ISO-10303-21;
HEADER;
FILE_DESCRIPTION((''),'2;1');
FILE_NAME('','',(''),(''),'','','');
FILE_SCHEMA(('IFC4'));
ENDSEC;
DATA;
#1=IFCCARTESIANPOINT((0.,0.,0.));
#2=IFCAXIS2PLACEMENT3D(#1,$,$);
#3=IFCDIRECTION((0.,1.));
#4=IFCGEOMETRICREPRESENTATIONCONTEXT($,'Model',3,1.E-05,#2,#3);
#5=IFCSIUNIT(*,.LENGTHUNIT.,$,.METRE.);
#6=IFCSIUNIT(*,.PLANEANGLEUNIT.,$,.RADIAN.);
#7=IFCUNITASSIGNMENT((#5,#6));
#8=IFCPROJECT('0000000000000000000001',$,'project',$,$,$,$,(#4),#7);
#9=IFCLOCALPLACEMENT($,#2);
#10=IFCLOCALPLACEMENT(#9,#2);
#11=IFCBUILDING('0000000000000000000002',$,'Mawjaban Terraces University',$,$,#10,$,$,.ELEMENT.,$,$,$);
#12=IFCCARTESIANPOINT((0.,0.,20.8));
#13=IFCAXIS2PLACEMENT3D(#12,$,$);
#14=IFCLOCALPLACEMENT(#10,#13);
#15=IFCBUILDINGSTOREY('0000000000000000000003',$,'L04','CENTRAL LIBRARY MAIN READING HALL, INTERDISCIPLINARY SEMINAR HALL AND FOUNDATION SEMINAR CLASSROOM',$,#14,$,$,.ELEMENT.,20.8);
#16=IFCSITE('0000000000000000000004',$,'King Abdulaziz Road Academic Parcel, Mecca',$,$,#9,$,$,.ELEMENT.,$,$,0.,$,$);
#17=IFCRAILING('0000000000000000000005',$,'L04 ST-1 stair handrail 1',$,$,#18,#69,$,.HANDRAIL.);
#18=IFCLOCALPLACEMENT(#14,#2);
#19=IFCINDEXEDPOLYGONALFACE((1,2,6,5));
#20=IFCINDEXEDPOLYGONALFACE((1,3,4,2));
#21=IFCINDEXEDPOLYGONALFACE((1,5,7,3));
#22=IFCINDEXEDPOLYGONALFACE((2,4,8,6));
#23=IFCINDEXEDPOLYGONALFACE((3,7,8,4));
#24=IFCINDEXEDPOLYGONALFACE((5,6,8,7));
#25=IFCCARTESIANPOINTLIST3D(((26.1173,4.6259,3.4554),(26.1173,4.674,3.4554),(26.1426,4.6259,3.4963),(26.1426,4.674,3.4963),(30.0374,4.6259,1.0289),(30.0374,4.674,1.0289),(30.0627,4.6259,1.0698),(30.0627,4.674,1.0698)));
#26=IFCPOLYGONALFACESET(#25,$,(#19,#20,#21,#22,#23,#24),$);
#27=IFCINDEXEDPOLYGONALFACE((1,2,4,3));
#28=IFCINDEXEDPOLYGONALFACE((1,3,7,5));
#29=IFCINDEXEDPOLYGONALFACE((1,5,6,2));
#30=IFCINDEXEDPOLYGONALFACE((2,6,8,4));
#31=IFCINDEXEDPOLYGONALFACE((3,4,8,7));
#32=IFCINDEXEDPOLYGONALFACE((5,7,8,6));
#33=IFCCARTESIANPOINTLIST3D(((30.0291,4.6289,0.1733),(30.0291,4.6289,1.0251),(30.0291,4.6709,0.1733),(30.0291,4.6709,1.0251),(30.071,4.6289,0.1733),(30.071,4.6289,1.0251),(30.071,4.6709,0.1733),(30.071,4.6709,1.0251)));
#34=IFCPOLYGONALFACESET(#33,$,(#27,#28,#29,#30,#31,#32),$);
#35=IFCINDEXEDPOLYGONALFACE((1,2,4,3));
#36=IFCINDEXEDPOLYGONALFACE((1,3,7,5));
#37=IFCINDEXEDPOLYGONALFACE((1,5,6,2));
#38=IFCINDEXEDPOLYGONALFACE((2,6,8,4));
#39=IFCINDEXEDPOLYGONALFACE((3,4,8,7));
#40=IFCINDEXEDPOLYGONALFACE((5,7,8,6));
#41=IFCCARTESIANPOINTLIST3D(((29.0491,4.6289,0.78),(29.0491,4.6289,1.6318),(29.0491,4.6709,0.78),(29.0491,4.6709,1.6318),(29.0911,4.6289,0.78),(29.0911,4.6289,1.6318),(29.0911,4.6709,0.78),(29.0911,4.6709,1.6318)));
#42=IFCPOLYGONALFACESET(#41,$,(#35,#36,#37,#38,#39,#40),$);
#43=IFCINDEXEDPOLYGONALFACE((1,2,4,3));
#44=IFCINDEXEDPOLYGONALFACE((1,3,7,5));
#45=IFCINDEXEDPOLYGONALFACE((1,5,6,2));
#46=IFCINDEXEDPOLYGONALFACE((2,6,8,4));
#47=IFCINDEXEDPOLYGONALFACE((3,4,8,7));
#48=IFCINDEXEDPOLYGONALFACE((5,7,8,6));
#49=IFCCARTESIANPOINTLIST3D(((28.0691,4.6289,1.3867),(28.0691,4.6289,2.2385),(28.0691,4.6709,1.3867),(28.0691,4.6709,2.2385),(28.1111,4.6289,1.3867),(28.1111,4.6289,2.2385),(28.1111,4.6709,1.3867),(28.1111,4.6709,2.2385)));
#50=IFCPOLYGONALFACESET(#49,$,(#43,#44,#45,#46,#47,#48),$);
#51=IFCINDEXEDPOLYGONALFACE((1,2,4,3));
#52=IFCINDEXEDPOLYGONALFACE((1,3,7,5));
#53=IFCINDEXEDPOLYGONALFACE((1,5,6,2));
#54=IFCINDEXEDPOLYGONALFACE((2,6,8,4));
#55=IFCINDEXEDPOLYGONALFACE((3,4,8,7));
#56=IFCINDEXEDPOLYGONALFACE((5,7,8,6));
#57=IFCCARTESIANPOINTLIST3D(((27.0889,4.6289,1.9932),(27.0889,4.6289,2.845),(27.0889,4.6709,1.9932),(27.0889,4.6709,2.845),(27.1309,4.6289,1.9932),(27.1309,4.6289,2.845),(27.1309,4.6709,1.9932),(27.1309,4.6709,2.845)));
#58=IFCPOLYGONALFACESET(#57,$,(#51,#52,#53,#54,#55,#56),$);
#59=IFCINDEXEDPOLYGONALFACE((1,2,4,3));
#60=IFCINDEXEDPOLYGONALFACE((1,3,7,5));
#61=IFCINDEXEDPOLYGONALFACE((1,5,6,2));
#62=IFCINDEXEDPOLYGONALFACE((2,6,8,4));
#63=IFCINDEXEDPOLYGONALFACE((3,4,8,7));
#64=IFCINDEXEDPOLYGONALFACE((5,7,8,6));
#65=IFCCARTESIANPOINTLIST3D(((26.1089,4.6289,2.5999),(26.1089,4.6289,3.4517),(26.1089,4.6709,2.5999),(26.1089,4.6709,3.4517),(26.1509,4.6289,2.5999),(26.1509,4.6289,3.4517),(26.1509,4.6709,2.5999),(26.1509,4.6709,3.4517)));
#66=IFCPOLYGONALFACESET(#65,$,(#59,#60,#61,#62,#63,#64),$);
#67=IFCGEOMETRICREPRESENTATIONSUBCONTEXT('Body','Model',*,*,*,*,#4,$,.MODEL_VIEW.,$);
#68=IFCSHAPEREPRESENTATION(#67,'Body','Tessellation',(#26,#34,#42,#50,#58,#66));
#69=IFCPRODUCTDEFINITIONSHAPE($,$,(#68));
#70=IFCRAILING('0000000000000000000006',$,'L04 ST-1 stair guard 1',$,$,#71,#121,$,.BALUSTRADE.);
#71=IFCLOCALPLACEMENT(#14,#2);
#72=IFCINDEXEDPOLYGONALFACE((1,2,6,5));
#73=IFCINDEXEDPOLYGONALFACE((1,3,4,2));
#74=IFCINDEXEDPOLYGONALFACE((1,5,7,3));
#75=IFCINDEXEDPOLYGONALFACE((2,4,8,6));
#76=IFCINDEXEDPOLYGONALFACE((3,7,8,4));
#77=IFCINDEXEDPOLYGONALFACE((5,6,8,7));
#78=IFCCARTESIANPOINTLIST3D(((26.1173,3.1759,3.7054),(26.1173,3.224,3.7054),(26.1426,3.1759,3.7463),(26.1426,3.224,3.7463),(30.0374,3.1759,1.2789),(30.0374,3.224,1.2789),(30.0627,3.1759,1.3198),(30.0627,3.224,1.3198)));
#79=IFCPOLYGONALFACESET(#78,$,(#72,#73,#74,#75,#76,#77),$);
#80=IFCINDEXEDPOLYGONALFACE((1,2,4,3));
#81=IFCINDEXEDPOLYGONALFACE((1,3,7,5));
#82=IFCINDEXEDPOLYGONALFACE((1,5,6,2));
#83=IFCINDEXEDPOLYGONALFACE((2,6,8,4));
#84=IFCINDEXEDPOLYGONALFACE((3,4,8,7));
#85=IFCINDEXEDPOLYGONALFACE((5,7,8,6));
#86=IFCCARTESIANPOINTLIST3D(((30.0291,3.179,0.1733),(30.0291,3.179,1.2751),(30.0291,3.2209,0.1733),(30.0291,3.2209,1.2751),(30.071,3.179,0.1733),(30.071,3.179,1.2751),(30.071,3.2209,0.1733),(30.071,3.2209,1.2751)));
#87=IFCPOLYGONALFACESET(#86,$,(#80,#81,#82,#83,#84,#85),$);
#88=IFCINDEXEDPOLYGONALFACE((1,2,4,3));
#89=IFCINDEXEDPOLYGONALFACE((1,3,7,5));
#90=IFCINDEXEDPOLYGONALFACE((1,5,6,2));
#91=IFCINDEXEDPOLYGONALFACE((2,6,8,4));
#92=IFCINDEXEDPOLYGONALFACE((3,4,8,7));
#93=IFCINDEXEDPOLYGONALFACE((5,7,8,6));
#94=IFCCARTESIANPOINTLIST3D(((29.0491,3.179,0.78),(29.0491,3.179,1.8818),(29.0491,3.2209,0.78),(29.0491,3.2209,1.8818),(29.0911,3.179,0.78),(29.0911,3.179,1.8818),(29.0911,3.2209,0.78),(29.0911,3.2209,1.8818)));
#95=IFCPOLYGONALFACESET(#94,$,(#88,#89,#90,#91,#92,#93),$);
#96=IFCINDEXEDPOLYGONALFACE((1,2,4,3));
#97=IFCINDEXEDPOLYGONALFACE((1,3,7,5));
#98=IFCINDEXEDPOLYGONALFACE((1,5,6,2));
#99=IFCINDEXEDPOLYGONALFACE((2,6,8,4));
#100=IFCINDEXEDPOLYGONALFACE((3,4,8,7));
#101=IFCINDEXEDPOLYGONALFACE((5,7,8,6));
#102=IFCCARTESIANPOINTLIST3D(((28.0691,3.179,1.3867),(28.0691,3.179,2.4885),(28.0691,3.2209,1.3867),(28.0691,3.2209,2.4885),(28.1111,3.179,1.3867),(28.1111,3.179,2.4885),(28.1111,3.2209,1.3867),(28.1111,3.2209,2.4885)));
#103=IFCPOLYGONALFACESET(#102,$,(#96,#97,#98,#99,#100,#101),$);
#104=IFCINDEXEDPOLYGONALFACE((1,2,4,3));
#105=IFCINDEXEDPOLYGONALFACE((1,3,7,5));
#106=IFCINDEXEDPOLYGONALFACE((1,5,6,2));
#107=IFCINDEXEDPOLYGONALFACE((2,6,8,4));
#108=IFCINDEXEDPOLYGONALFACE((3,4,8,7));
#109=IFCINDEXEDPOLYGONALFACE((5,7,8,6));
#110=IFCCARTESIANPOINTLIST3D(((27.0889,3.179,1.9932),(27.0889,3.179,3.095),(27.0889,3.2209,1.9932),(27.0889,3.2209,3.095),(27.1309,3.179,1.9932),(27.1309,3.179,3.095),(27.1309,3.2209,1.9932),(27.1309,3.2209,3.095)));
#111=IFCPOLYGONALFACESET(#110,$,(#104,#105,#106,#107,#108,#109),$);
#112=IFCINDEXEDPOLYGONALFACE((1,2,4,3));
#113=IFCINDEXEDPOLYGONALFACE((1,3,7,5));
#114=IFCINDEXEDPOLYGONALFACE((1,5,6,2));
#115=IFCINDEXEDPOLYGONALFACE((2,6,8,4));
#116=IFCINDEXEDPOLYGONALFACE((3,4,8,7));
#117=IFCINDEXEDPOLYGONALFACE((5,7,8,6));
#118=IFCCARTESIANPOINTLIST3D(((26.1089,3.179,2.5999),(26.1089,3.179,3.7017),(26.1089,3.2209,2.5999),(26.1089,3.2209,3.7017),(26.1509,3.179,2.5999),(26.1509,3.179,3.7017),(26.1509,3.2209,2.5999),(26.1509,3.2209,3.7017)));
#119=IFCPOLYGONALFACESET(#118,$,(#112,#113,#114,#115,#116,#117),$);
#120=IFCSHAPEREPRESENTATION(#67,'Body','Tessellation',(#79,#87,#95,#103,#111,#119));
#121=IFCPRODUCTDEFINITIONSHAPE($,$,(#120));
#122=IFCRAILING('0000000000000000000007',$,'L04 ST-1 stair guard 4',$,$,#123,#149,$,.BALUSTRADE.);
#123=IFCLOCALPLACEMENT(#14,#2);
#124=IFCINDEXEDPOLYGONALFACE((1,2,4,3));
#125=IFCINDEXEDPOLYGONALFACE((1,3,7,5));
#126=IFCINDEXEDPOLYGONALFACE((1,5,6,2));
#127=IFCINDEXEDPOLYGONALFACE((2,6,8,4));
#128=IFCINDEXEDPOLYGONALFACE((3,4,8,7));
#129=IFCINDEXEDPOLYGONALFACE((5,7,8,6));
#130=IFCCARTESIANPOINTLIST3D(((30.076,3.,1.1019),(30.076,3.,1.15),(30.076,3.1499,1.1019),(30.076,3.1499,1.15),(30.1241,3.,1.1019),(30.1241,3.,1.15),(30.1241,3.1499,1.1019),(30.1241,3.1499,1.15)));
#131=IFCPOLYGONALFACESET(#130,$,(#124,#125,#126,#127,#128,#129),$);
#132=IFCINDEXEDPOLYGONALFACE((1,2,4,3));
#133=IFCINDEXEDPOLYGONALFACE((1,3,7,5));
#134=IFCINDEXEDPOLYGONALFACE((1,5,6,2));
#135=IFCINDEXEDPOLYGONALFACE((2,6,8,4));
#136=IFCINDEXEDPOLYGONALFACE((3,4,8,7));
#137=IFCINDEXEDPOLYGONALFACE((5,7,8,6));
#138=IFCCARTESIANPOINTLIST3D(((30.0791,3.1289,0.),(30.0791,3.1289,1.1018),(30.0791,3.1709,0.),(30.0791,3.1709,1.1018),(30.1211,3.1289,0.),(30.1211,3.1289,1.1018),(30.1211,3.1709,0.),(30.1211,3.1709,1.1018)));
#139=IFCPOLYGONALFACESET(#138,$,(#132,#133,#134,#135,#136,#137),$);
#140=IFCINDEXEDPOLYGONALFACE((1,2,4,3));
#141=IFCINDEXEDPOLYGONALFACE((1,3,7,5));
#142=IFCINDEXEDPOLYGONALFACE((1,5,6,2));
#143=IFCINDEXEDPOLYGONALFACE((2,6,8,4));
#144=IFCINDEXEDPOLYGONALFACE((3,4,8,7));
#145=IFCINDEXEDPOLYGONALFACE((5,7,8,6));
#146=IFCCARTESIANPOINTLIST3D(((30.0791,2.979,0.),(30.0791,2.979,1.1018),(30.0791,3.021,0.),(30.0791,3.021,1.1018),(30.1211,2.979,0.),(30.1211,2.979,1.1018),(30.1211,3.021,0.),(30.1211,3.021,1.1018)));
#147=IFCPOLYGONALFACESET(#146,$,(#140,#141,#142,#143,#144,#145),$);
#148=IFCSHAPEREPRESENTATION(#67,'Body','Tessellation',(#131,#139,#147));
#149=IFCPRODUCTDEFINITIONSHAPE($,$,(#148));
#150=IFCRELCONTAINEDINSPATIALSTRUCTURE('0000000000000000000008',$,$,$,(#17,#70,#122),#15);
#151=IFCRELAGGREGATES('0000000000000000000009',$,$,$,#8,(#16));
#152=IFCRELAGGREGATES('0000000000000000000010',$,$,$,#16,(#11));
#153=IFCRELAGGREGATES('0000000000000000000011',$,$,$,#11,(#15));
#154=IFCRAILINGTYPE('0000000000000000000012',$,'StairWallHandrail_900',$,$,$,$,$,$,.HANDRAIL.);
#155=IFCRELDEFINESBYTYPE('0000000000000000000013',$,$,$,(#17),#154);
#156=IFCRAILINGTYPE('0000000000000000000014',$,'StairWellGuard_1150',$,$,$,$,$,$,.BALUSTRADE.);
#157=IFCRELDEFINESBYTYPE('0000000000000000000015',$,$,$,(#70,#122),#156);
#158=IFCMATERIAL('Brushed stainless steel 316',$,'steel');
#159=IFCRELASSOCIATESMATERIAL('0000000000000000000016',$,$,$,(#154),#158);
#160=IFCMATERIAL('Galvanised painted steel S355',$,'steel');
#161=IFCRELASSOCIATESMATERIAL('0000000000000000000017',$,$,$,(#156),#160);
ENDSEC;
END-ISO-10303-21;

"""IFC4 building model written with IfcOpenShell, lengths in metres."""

from ifc_helpers import new_model, si_unit, direction, frame, origin, origin_2d, place, context, subcontext, project, spatial, rectangle, extrude, material, type_object, element, save


model = new_model("IFC4")

# Units and contexts
model_context = context("Model", 3, precision=1e-05, world=origin(), true_north=direction((0.0, 1.0)))
body_context = subcontext(model_context, "Body", "Model", "MODEL_VIEW")
ifc_project = project(units=[si_unit("LENGTHUNIT", "METRE"), si_unit("PLANEANGLEUNIT", "RADIAN")], contexts=[model_context])

# Site, building, storey
site_placement = place(None, origin())
site = spatial("IfcSite", under=ifc_project, at=site_placement, Name="King Abdulaziz Road Academic Parcel, Mecca", CompositionType="ELEMENT", RefElevation=0.0)
building_placement = place(site_placement, origin())
building = spatial("IfcBuilding", under=site, at=building_placement, Name="Mawjaban Terraces University", CompositionType="ELEMENT")
storey_placement = place(building_placement, frame((0.0, 0.0, 20.8)))
storey = spatial("IfcBuildingStorey", under=building, at=storey_placement, Name="L04", Description="CENTRAL LIBRARY MAIN READING HALL, INTERDISCIPLINARY SEMINAR HALL AND FOUNDATION SEMINAR CLASSROOM", CompositionType="ELEMENT", Elevation=20.8)

# Railings
ifc_material_1 = material(Name="Brushed stainless steel 316", Category="steel")
railing_type_1 = type_object("IfcRailingType", Name="StairWallHandrail_900", PredefinedType="HANDRAIL", material=ifc_material_1)
railing_1_placement = place(storey_placement, frame((30.05, 4.6499, 0.1733)))
element("IfcRailing", 1, at=railing_1_placement, inside=storey, type_object=railing_type_1, Name="L04 ST-1 stair handrail 1", PredefinedType="HANDRAIL", context=body_context, shape_type="SweptSolid", body=[
    extrude(rectangle(XDim=0.0481, YDim=0.0481, at=origin_2d()), frame((0.0, 0.0, 0.876), z_axis=(-0.85029, 0.0, 0.526315), x_axis=(0.0, -1.0, 0.0)), (0.0, 0.0, 1.0), 4.6104),
    extrude(rectangle(XDim=0.042, YDim=0.042, at=origin_2d()), origin(), (0.0, 0.0, 1.0), 0.8518),
    extrude(rectangle(XDim=0.042, YDim=0.042, at=origin_2d()), frame((-0.98, 0.0, 0.6067)), (0.0, 0.0, 1.0), 0.8518),
    extrude(rectangle(XDim=0.042, YDim=0.042, at=origin_2d()), frame((-1.96, 0.0, 1.2134)), (0.0, 0.0, 1.0), 0.8518),
    extrude(rectangle(XDim=0.042, YDim=0.042, at=origin_2d()), frame((-2.9402, 0.0, 1.8198)), (0.0, 0.0, 1.0), 0.8518),
    extrude(rectangle(XDim=0.042, YDim=0.042, at=origin_2d()), frame((-3.9202, 0.0, 2.4265)), (0.0, 0.0, 1.0), 0.8518),
])
ifc_material_2 = material(Name="Galvanised painted steel S355", Category="steel")
railing_type_2 = type_object("IfcRailingType", Name="StairWellGuard_1150", PredefinedType="BALUSTRADE", material=ifc_material_2)
railing_2_placement = place(storey_placement, frame((30.05, 3.2, 0.1733)))
element("IfcRailing", 2, at=railing_2_placement, inside=storey, type_object=railing_type_2, Name="L04 ST-1 stair guard 1", PredefinedType="BALUSTRADE", context=body_context, shape_type="SweptSolid", body=[
    extrude(rectangle(XDim=0.0481, YDim=0.0481, at=origin_2d()), frame((0.0, 0.0, 1.126), z_axis=(-0.85029, 0.0, 0.526315), x_axis=(0.0, -1.0, 0.0)), (0.0, 0.0, 1.0), 4.6104),
    extrude(rectangle(XDim=0.042, YDim=0.042, at=origin_2d()), origin(), (0.0, 0.0, 1.0), 1.1018),
    extrude(rectangle(XDim=0.042, YDim=0.042, at=origin_2d()), frame((-0.98, 0.0, 0.6067)), (0.0, 0.0, 1.0), 1.1018),
    extrude(rectangle(XDim=0.042, YDim=0.042, at=origin_2d()), frame((-1.96, 0.0, 1.2134)), (0.0, 0.0, 1.0), 1.1018),
    extrude(rectangle(XDim=0.042, YDim=0.042, at=origin_2d()), frame((-2.9402, 0.0, 1.8198)), (0.0, 0.0, 1.0), 1.1018),
    extrude(rectangle(XDim=0.042, YDim=0.042, at=origin_2d()), frame((-3.9202, 0.0, 2.4265)), (0.0, 0.0, 1.0), 1.1018),
])
railing_3_placement = place(storey_placement, frame((30.1001, 3.1499, 0.0)))
element("IfcRailing", 3, at=railing_3_placement, inside=storey, type_object=railing_type_2, Name="L04 ST-1 stair guard 4", PredefinedType="BALUSTRADE", context=body_context, shape_type="SweptSolid", body=[
    extrude(rectangle(XDim=0.0481, YDim=0.0481, at=origin_2d()), frame((0.0, 0.0, 1.126), z_axis=(0.0, -1.0, 0.0), x_axis=(1.0, 0.0, 0.0)), (0.0, 0.0, 1.0), 0.1499),
    extrude(rectangle(XDim=0.042, YDim=0.042, at=origin_2d()), origin(), (0.0, 0.0, 1.0), 1.1018),
    extrude(rectangle(XDim=0.042, YDim=0.042, at=origin_2d()), frame((0.0, -0.1499, 0.0)), (0.0, 0.0, 1.0), 1.1018),
])

save(model, "model.ifc")
